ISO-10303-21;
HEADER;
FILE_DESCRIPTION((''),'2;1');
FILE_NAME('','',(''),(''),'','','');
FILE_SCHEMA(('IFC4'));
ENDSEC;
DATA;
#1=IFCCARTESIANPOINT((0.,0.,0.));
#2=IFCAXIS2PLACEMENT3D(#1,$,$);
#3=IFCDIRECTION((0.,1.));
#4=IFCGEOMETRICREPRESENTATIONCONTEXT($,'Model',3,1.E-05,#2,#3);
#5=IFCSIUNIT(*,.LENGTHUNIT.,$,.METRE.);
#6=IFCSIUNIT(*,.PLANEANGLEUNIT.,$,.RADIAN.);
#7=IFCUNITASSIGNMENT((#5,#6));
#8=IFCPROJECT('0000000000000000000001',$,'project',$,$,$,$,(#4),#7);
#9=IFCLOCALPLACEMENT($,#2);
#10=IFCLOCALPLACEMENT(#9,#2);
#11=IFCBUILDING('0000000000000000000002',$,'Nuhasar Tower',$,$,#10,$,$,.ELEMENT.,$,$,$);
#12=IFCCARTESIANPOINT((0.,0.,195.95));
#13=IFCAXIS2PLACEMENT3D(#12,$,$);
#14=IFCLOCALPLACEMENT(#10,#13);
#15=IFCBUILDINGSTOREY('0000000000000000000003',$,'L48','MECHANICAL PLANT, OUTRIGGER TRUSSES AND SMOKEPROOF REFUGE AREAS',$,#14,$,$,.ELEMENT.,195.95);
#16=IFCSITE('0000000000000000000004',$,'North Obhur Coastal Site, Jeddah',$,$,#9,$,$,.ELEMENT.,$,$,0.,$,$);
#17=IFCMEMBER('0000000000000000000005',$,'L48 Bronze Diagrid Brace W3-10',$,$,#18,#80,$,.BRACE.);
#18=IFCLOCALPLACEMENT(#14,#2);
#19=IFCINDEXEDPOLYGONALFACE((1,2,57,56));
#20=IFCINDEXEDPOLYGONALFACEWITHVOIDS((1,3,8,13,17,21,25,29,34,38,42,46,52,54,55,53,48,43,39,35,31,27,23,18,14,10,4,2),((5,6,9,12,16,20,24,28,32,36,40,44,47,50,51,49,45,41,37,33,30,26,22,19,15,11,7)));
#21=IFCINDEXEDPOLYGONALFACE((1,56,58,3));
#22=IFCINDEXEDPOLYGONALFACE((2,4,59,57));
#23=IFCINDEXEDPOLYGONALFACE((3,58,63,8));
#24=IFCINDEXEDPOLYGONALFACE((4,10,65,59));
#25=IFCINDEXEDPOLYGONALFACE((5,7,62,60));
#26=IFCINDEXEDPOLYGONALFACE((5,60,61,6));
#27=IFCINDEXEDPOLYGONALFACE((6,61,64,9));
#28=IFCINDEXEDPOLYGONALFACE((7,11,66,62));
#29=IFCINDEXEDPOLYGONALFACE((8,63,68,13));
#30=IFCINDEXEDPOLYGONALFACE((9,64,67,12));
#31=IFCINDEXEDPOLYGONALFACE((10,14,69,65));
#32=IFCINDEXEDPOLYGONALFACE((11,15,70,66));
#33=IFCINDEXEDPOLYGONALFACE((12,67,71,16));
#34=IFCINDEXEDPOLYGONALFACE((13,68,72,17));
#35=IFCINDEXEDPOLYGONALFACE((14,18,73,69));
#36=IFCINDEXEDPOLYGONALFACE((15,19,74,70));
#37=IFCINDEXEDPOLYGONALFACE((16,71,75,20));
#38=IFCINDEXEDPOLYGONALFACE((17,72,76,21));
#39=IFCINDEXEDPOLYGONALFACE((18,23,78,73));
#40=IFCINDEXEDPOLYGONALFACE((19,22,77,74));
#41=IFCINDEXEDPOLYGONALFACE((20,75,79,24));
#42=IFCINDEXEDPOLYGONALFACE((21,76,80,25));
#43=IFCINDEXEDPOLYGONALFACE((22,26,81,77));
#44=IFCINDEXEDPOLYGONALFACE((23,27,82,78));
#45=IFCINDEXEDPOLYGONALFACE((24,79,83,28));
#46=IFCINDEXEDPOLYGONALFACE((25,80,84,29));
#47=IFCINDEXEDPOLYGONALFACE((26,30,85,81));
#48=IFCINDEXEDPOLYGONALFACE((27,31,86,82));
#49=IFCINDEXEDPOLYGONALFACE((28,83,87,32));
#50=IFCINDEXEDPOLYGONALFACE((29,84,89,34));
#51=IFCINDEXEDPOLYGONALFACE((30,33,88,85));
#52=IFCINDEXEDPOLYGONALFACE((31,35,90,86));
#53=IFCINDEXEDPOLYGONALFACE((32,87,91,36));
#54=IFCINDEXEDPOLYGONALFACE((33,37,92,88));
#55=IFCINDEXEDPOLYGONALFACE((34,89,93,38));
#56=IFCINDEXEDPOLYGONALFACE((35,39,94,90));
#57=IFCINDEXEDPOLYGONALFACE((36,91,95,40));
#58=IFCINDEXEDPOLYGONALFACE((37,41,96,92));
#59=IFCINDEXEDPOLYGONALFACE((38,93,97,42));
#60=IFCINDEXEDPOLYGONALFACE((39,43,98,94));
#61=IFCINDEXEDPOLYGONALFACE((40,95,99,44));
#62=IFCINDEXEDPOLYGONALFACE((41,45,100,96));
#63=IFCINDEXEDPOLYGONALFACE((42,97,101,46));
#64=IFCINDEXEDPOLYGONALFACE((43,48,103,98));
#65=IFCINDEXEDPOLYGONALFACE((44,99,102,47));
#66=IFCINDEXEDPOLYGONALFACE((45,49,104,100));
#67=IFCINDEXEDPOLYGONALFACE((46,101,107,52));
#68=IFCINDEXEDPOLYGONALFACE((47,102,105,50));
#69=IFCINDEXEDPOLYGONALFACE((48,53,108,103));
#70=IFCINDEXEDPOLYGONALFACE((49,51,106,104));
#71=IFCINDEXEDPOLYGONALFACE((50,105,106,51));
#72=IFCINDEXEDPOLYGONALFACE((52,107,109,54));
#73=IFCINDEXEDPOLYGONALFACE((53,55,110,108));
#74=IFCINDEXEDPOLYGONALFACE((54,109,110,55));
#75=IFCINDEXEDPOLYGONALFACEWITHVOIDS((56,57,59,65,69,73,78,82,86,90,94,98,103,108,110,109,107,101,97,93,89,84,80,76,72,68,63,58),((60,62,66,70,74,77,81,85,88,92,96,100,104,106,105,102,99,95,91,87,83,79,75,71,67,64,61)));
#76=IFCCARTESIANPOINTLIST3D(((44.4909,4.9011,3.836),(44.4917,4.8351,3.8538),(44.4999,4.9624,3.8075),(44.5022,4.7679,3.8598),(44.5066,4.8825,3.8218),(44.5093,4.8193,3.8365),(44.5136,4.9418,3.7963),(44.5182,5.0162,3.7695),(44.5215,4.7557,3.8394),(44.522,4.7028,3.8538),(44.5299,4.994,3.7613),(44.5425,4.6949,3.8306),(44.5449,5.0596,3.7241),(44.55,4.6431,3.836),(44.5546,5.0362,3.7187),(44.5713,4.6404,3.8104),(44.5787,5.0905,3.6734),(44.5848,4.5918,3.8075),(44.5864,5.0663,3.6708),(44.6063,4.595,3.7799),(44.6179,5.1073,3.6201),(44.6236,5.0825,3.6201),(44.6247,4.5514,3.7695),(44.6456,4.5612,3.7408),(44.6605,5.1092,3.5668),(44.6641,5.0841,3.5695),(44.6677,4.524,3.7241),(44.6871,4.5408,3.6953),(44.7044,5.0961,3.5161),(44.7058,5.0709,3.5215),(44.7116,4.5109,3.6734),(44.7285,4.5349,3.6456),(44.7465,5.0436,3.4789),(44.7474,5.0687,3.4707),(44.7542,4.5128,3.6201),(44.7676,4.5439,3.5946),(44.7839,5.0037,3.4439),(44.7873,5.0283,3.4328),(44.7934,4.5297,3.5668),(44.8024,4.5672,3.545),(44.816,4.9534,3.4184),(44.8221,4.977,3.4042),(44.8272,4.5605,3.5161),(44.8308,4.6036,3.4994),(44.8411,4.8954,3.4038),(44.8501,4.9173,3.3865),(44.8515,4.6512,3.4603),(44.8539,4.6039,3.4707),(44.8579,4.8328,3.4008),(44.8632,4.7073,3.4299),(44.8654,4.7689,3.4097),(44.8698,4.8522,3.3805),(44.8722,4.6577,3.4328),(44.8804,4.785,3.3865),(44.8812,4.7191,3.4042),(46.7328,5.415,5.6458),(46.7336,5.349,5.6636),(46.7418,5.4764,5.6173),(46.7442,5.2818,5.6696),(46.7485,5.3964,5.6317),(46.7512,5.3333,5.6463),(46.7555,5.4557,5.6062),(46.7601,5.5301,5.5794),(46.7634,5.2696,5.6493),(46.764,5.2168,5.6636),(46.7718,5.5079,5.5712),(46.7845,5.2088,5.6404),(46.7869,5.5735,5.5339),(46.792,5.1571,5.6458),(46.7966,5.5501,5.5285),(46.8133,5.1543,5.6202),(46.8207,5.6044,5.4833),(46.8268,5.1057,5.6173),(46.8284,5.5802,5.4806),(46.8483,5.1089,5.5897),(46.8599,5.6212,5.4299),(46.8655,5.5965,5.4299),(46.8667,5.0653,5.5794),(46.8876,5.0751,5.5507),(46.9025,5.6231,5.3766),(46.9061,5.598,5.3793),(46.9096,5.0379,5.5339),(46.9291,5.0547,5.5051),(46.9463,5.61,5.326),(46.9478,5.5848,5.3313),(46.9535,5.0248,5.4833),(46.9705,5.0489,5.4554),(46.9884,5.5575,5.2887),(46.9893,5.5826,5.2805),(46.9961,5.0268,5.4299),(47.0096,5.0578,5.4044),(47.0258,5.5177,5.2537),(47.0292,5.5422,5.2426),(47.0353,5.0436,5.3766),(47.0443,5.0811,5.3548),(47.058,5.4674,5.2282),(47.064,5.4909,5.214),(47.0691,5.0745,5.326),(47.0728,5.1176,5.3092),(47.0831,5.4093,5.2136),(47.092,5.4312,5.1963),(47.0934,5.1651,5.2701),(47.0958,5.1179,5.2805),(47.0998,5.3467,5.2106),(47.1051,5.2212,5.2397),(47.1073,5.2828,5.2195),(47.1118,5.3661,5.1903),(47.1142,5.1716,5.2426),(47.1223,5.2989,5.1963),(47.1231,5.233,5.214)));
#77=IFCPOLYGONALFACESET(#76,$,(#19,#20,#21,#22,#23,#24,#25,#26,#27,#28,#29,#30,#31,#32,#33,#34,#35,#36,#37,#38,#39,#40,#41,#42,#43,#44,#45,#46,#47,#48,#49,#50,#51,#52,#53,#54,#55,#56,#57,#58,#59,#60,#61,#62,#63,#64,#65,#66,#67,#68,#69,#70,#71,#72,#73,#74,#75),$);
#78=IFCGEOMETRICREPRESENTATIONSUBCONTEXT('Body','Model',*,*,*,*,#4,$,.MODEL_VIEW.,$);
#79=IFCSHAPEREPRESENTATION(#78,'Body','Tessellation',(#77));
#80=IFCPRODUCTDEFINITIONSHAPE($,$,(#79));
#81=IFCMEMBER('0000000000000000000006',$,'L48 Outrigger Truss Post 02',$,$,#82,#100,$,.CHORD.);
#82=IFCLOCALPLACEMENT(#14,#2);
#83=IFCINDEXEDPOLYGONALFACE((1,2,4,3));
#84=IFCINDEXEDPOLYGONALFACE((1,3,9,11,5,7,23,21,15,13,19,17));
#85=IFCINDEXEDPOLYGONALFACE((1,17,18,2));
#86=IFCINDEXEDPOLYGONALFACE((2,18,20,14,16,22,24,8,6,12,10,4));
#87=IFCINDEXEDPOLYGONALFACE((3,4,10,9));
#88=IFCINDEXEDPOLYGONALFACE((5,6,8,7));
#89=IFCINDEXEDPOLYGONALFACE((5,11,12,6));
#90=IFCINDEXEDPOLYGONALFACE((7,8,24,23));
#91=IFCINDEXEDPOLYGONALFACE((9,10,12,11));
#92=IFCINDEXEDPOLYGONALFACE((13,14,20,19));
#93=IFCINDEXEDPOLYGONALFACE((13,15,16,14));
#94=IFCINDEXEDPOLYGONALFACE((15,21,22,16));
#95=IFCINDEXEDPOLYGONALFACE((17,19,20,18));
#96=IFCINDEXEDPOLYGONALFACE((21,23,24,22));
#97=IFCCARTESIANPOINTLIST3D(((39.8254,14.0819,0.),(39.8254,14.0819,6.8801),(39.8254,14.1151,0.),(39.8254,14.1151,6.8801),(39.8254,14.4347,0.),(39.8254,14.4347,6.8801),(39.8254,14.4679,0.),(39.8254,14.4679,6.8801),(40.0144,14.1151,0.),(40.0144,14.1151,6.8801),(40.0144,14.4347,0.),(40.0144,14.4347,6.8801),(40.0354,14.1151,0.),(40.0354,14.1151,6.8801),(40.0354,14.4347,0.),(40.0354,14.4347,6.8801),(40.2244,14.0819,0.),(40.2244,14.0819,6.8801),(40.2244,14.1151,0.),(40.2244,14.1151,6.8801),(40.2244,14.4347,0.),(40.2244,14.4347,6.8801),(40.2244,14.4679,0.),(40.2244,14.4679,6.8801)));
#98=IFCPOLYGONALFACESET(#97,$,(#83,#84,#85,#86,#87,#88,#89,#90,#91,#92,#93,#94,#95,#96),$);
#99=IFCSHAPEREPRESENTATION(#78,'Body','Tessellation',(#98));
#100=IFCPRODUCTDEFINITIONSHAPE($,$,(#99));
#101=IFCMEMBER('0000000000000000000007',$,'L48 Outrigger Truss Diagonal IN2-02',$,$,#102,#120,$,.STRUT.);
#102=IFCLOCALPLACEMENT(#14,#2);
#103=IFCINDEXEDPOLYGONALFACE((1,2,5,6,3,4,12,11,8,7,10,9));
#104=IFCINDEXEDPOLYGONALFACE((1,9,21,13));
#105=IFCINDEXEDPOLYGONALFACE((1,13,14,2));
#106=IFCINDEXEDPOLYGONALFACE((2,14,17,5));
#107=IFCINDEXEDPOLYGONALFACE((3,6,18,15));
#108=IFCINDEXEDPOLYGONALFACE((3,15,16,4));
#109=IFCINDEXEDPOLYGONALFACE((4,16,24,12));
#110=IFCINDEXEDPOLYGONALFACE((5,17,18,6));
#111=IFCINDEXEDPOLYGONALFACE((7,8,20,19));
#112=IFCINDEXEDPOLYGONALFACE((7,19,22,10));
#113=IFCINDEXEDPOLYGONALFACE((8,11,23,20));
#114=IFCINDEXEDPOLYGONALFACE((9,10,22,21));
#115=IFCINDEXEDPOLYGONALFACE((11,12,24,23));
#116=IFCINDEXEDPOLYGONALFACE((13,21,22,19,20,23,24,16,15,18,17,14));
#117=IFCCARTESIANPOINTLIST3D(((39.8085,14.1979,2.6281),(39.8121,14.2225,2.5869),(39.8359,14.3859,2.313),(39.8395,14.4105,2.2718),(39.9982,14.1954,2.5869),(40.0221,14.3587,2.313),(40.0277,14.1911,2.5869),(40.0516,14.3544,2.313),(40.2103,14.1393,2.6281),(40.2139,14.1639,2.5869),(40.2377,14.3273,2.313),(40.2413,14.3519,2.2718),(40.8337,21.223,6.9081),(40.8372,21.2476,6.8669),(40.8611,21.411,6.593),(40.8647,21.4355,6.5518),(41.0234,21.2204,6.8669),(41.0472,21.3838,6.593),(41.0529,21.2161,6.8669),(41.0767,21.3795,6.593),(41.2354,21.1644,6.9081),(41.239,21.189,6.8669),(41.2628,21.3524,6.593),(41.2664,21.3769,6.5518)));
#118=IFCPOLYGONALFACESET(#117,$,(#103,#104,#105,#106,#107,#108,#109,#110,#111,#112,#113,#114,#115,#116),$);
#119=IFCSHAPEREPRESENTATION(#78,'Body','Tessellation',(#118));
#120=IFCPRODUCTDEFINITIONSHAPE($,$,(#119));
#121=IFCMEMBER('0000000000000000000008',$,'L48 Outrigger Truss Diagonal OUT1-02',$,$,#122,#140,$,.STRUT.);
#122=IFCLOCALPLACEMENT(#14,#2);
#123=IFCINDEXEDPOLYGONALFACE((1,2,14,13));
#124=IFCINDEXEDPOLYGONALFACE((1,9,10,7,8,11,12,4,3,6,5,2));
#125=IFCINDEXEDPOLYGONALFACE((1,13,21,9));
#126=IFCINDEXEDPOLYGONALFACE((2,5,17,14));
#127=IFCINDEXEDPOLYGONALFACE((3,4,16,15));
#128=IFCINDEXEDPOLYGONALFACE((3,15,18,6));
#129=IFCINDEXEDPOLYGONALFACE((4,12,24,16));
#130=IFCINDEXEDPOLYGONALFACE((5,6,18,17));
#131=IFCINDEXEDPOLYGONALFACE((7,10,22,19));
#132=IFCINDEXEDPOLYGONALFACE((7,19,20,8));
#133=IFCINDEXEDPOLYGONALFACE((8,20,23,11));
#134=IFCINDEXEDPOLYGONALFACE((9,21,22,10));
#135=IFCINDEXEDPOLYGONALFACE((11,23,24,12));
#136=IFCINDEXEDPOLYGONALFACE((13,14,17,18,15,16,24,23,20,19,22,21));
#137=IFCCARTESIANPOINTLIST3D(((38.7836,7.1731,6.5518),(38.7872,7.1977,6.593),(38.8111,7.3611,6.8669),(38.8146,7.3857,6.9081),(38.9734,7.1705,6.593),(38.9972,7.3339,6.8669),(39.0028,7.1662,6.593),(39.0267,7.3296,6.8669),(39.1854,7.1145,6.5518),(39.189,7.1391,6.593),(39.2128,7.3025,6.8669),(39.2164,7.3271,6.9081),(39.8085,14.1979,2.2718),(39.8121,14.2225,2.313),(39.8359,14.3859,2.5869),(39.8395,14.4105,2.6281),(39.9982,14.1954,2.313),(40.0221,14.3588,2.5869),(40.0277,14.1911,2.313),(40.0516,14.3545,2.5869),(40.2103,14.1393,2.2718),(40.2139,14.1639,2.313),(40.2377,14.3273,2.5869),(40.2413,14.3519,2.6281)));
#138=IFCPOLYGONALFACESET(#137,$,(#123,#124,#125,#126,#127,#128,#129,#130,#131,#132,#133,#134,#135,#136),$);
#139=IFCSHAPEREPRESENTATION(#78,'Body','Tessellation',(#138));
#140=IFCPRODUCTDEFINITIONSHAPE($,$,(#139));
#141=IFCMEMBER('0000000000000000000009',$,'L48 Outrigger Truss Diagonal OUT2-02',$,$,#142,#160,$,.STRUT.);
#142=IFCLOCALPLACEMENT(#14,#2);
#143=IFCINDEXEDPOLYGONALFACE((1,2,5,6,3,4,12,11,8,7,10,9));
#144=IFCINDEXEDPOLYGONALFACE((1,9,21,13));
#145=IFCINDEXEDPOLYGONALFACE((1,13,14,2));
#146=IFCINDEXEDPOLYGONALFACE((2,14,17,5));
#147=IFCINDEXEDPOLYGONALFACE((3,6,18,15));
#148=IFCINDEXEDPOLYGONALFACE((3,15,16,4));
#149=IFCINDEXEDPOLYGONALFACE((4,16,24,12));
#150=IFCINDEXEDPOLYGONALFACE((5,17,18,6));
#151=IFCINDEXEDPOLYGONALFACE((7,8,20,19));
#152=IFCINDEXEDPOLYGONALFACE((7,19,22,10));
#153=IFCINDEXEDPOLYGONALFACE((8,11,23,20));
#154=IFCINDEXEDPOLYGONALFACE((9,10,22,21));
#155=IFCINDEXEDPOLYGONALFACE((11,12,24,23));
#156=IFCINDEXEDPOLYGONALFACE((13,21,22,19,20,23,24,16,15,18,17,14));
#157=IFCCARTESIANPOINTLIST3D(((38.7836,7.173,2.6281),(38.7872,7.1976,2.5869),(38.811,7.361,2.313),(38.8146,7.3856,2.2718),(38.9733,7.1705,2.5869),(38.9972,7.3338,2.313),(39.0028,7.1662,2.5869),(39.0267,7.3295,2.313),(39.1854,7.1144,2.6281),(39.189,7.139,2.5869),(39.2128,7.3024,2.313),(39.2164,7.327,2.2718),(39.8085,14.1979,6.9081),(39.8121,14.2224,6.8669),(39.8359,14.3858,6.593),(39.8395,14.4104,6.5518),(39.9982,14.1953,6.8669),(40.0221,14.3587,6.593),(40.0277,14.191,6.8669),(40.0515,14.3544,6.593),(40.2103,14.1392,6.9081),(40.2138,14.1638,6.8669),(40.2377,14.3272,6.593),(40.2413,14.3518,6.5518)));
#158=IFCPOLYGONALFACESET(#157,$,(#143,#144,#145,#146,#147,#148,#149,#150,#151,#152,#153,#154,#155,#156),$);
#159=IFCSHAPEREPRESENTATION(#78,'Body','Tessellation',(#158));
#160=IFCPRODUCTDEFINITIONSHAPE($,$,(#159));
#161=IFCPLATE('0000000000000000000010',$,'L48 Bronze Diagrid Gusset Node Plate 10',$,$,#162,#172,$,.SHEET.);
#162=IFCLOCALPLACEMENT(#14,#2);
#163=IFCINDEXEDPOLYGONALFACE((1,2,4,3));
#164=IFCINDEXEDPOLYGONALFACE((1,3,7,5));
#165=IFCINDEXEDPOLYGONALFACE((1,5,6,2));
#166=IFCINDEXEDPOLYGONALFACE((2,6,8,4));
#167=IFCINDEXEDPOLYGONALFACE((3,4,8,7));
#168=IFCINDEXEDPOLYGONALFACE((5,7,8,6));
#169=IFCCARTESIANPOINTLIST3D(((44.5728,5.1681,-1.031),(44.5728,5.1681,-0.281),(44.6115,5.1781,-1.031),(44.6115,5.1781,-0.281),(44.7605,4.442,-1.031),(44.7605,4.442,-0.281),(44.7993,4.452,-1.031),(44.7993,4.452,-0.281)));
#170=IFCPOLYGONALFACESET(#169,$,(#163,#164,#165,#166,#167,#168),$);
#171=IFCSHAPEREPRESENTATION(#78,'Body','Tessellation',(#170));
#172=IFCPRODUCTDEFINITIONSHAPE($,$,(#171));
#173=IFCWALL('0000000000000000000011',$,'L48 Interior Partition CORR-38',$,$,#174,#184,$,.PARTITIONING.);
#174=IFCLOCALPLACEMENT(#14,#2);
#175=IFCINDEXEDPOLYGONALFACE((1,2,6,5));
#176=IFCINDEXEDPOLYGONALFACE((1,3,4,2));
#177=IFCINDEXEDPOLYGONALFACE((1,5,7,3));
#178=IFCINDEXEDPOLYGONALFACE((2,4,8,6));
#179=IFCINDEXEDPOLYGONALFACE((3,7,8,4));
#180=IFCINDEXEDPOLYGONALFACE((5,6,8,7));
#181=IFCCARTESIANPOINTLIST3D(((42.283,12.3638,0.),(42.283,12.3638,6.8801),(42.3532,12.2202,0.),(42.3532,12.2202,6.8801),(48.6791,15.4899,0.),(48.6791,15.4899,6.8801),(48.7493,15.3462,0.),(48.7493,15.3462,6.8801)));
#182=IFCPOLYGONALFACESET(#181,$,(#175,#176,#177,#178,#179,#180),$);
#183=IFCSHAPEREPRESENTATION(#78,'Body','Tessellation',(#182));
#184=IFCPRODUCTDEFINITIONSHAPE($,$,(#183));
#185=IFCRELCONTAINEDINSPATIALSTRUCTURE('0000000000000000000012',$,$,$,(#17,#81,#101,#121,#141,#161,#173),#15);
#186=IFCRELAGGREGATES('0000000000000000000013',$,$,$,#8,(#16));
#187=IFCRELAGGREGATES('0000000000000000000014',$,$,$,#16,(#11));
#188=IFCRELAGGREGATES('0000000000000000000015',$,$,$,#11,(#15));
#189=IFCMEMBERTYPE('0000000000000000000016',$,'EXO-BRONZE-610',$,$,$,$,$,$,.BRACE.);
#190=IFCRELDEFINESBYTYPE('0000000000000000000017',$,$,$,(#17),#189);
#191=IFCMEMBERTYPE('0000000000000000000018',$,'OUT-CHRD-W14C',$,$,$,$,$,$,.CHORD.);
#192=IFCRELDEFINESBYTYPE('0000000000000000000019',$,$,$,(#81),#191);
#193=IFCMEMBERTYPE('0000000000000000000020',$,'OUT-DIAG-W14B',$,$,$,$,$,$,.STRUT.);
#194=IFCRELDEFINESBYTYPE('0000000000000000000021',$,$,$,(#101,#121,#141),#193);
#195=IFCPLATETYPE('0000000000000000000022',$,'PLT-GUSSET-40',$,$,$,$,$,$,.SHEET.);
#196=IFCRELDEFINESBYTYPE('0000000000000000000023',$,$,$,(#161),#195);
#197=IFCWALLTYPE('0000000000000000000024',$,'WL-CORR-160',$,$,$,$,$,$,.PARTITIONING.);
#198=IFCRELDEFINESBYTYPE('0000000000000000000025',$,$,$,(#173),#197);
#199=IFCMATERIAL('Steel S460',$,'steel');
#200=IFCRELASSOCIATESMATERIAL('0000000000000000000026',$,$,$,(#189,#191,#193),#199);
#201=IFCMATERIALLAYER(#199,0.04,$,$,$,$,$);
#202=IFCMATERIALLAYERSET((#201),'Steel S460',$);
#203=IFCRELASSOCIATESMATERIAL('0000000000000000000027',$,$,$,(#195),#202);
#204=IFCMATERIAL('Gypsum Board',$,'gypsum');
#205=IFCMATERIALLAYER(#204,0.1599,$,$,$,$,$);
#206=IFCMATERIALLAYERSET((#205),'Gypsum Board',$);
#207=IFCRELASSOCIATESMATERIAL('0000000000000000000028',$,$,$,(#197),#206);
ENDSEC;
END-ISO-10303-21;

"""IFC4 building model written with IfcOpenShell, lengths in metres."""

from ifc_helpers import new_model, si_unit, direction, frame, frame_2d, origin, origin_2d, place, context, subcontext, project, spatial, rectangle, hollow_circle, i_section, extrude, material, layer, layer_set, material_profile, profile_set, type_object, element, save


model = new_model("IFC4")

# Units and contexts
model_context = context("Model", 3, precision=1e-05, world=origin(), true_north=direction((0.0, 1.0)))
body_context = subcontext(model_context, "Body", "Model", "MODEL_VIEW")
ifc_project = project(units=[si_unit("LENGTHUNIT", "METRE"), si_unit("PLANEANGLEUNIT", "RADIAN")], contexts=[model_context])

# Site, building, storey
site_placement = place(None, origin())
site = spatial("IfcSite", under=ifc_project, at=site_placement, Name="North Obhur Coastal Site, Jeddah", CompositionType="ELEMENT", RefElevation=0.0)
building_placement = place(site_placement, origin())
building = spatial("IfcBuilding", under=site, at=building_placement, Name="Nuhasar Tower", CompositionType="ELEMENT")
storey_placement = place(building_placement, frame((0.0, 0.0, 195.95)))
storey = spatial("IfcBuildingStorey", under=building, at=storey_placement, Name="L48", Description="MECHANICAL PLANT, OUTRIGGER TRUSSES AND SMOKEPROOF REFUGE AREAS", CompositionType="ELEMENT", Elevation=195.95)

# Shared definitions
ifc_material_1 = material(Name="Steel S460", Category="steel")

# Members
ifc_material_profile_1 = material_profile(ifc_material_1, hollow_circle(Radius=0.3049, WallThickness=0.0254, at=origin_2d()), Name="HSS610X25.4")
ifc_profile_set_1 = profile_set([ifc_material_profile_1], Name="Steel S460")
member_type_1 = type_object("IfcMemberType", Name="EXO-BRONZE-610", PredefinedType="BRACE", material=ifc_profile_set_1)
member_1_placement = place(storey_placement, frame((44.686, 4.8101, 3.6201), z_axis=(0.766019, 0.175593, 0.618371), x_axis=(-0.223433, 0.974719, 0.0)))
element("IfcMember", 1, at=member_1_placement, inside=storey, type_object=member_type_1, Name="L48 Bronze Diagrid Brace W3-10", PredefinedType="BRACE", context=body_context, shape_type="SweptSolid", body=[
    extrude(hollow_circle(Radius=0.3049, WallThickness=0.0254, at=origin_2d()), origin(), (0.0, 0.0, 1.0), 2.9268),
])
ifc_material_profile_2 = material_profile(ifc_material_1, i_section(OverallWidth=0.3989, OverallDepth=0.386, WebThickness=0.021, FlangeThickness=0.0332, at=origin_2d()), Name="W14X176")
ifc_profile_set_2 = profile_set([ifc_material_profile_2], Name="Steel S460")
member_type_2 = type_object("IfcMemberType", Name="OUT-CHRD-W14C", PredefinedType="CHORD", material=ifc_profile_set_2)
member_2_placement = place(storey_placement, frame((40.0249, 14.2749, 0.0), z_axis=(0.0, 0.0, 1.0), x_axis=(1.0, 0.0, 0.0)))
element("IfcMember", 2, at=member_2_placement, inside=storey, type_object=member_type_2, Name="L48 Outrigger Truss Post 02", PredefinedType="CHORD", context=body_context, shape_type="SweptSolid", body=[
    extrude(i_section(OverallWidth=0.3989, OverallDepth=0.386, WebThickness=0.021, FlangeThickness=0.0332, at=origin_2d()), origin(), (0.0, 0.0, 1.0), 6.8801),
])
ifc_material_profile_3 = material_profile(ifc_material_1, i_section(OverallWidth=0.406, OverallDepth=0.416, WebThickness=0.0298, FlangeThickness=0.0481, at=origin_2d()), Name="W14X257")
ifc_profile_set_3 = profile_set([ifc_material_profile_3], Name="Steel S460")
member_type_3 = type_object("IfcMemberType", Name="OUT-DIAG-W14B", PredefinedType="STRUT", material=ifc_profile_set_3)
member_3_placement = place(storey_placement, frame((40.0249, 14.2749, 2.45), z_axis=(0.123662, 0.847436, 0.516295), x_axis=(-0.98952, 0.144396, 0.0)))
element("IfcMember", 3, at=member_3_placement, inside=storey, type_object=member_type_3, Name="L48 Outrigger Truss Diagonal IN2-02", PredefinedType="STRUT", context=body_context, shape_type="SweptSolid", body=[
    extrude(i_section(OverallWidth=0.406, OverallDepth=0.416, WebThickness=0.0298, FlangeThickness=0.0481, at=origin_2d()), origin(), (0.0, 0.0, 1.0), 8.2898),
])
for number, where, z_axis, x_axis, name in (
    (4, (40.0249, 14.2749, 2.45), (-0.123636, -0.84743, 0.51631), (0.989524, -0.144367, 0.0), "L48 Outrigger Truss Diagonal OUT1-02"),
    (5, (39.0, 7.25, 2.45), (0.123636, 0.84743, 0.51631), (-0.989524, 0.144367, 0.0), "L48 Outrigger Truss Diagonal OUT2-02"),
):
    element("IfcMember", number, at=place(storey_placement, frame(where, z_axis=z_axis, x_axis=x_axis)), inside=storey, type_object=member_type_3, Name=name, PredefinedType="STRUT", context=body_context, shape_type="SweptSolid", body=[
        extrude(i_section(OverallWidth=0.406, OverallDepth=0.416, WebThickness=0.0298, FlangeThickness=0.0481, at=origin_2d()), origin(), (0.0, 0.0, 1.0), 8.2896),
    ])

# Plate
ifc_layer_1 = layer(ifc_material_1, 0.04)
ifc_layer_set_1 = layer_set([ifc_layer_1], Name="Steel S460")
plate_type = type_object("IfcPlateType", Name="PLT-GUSSET-40", PredefinedType="SHEET", material=ifc_layer_set_1)
plate_placement = place(storey_placement, frame((44.686, 4.8101, -1.031), z_axis=(0.0, 0.0, 1.0), x_axis=(0.250346, -0.968156, 0.0)))
element("IfcPlate", 6, at=plate_placement, inside=storey, type_object=plate_type, Name="L48 Bronze Diagrid Gusset Node Plate 10", PredefinedType="SHEET", context=body_context, shape_type="SweptSolid", body=[
    extrude(rectangle(XDim=0.75, YDim=0.04, at=origin_2d()), origin(), (0.0, 0.0, 1.0), 0.75),
])

# Wall
ifc_material_2 = material(Name="Gypsum Board", Category="gypsum")
ifc_layer_2 = layer(ifc_material_2, 0.1599)
ifc_layer_set_2 = layer_set([ifc_layer_2], Name="Gypsum Board")
wall_type_1 = type_object("IfcWallType", Name="WL-CORR-160", PredefinedType="PARTITIONING", material=ifc_layer_set_2)
wall_1_placement = place(storey_placement, frame((42.3181, 12.292, 0.0), z_axis=(0.0, 0.0, 1.0), x_axis=(0.898437, 0.439102, 0.0)))
element("IfcWall", 7, at=wall_1_placement, inside=storey, type_object=wall_type_1, Name="L48 Interior Partition CORR-38", PredefinedType="PARTITIONING", context=body_context, shape_type="SweptSolid", body=[
    extrude(rectangle(XDim=7.1191, YDim=0.1599, at=frame_2d((3.5596, 0.0))), origin(), (0.0, 0.0, 1.0), 6.8801),
])

save(model, "model.ifc")
